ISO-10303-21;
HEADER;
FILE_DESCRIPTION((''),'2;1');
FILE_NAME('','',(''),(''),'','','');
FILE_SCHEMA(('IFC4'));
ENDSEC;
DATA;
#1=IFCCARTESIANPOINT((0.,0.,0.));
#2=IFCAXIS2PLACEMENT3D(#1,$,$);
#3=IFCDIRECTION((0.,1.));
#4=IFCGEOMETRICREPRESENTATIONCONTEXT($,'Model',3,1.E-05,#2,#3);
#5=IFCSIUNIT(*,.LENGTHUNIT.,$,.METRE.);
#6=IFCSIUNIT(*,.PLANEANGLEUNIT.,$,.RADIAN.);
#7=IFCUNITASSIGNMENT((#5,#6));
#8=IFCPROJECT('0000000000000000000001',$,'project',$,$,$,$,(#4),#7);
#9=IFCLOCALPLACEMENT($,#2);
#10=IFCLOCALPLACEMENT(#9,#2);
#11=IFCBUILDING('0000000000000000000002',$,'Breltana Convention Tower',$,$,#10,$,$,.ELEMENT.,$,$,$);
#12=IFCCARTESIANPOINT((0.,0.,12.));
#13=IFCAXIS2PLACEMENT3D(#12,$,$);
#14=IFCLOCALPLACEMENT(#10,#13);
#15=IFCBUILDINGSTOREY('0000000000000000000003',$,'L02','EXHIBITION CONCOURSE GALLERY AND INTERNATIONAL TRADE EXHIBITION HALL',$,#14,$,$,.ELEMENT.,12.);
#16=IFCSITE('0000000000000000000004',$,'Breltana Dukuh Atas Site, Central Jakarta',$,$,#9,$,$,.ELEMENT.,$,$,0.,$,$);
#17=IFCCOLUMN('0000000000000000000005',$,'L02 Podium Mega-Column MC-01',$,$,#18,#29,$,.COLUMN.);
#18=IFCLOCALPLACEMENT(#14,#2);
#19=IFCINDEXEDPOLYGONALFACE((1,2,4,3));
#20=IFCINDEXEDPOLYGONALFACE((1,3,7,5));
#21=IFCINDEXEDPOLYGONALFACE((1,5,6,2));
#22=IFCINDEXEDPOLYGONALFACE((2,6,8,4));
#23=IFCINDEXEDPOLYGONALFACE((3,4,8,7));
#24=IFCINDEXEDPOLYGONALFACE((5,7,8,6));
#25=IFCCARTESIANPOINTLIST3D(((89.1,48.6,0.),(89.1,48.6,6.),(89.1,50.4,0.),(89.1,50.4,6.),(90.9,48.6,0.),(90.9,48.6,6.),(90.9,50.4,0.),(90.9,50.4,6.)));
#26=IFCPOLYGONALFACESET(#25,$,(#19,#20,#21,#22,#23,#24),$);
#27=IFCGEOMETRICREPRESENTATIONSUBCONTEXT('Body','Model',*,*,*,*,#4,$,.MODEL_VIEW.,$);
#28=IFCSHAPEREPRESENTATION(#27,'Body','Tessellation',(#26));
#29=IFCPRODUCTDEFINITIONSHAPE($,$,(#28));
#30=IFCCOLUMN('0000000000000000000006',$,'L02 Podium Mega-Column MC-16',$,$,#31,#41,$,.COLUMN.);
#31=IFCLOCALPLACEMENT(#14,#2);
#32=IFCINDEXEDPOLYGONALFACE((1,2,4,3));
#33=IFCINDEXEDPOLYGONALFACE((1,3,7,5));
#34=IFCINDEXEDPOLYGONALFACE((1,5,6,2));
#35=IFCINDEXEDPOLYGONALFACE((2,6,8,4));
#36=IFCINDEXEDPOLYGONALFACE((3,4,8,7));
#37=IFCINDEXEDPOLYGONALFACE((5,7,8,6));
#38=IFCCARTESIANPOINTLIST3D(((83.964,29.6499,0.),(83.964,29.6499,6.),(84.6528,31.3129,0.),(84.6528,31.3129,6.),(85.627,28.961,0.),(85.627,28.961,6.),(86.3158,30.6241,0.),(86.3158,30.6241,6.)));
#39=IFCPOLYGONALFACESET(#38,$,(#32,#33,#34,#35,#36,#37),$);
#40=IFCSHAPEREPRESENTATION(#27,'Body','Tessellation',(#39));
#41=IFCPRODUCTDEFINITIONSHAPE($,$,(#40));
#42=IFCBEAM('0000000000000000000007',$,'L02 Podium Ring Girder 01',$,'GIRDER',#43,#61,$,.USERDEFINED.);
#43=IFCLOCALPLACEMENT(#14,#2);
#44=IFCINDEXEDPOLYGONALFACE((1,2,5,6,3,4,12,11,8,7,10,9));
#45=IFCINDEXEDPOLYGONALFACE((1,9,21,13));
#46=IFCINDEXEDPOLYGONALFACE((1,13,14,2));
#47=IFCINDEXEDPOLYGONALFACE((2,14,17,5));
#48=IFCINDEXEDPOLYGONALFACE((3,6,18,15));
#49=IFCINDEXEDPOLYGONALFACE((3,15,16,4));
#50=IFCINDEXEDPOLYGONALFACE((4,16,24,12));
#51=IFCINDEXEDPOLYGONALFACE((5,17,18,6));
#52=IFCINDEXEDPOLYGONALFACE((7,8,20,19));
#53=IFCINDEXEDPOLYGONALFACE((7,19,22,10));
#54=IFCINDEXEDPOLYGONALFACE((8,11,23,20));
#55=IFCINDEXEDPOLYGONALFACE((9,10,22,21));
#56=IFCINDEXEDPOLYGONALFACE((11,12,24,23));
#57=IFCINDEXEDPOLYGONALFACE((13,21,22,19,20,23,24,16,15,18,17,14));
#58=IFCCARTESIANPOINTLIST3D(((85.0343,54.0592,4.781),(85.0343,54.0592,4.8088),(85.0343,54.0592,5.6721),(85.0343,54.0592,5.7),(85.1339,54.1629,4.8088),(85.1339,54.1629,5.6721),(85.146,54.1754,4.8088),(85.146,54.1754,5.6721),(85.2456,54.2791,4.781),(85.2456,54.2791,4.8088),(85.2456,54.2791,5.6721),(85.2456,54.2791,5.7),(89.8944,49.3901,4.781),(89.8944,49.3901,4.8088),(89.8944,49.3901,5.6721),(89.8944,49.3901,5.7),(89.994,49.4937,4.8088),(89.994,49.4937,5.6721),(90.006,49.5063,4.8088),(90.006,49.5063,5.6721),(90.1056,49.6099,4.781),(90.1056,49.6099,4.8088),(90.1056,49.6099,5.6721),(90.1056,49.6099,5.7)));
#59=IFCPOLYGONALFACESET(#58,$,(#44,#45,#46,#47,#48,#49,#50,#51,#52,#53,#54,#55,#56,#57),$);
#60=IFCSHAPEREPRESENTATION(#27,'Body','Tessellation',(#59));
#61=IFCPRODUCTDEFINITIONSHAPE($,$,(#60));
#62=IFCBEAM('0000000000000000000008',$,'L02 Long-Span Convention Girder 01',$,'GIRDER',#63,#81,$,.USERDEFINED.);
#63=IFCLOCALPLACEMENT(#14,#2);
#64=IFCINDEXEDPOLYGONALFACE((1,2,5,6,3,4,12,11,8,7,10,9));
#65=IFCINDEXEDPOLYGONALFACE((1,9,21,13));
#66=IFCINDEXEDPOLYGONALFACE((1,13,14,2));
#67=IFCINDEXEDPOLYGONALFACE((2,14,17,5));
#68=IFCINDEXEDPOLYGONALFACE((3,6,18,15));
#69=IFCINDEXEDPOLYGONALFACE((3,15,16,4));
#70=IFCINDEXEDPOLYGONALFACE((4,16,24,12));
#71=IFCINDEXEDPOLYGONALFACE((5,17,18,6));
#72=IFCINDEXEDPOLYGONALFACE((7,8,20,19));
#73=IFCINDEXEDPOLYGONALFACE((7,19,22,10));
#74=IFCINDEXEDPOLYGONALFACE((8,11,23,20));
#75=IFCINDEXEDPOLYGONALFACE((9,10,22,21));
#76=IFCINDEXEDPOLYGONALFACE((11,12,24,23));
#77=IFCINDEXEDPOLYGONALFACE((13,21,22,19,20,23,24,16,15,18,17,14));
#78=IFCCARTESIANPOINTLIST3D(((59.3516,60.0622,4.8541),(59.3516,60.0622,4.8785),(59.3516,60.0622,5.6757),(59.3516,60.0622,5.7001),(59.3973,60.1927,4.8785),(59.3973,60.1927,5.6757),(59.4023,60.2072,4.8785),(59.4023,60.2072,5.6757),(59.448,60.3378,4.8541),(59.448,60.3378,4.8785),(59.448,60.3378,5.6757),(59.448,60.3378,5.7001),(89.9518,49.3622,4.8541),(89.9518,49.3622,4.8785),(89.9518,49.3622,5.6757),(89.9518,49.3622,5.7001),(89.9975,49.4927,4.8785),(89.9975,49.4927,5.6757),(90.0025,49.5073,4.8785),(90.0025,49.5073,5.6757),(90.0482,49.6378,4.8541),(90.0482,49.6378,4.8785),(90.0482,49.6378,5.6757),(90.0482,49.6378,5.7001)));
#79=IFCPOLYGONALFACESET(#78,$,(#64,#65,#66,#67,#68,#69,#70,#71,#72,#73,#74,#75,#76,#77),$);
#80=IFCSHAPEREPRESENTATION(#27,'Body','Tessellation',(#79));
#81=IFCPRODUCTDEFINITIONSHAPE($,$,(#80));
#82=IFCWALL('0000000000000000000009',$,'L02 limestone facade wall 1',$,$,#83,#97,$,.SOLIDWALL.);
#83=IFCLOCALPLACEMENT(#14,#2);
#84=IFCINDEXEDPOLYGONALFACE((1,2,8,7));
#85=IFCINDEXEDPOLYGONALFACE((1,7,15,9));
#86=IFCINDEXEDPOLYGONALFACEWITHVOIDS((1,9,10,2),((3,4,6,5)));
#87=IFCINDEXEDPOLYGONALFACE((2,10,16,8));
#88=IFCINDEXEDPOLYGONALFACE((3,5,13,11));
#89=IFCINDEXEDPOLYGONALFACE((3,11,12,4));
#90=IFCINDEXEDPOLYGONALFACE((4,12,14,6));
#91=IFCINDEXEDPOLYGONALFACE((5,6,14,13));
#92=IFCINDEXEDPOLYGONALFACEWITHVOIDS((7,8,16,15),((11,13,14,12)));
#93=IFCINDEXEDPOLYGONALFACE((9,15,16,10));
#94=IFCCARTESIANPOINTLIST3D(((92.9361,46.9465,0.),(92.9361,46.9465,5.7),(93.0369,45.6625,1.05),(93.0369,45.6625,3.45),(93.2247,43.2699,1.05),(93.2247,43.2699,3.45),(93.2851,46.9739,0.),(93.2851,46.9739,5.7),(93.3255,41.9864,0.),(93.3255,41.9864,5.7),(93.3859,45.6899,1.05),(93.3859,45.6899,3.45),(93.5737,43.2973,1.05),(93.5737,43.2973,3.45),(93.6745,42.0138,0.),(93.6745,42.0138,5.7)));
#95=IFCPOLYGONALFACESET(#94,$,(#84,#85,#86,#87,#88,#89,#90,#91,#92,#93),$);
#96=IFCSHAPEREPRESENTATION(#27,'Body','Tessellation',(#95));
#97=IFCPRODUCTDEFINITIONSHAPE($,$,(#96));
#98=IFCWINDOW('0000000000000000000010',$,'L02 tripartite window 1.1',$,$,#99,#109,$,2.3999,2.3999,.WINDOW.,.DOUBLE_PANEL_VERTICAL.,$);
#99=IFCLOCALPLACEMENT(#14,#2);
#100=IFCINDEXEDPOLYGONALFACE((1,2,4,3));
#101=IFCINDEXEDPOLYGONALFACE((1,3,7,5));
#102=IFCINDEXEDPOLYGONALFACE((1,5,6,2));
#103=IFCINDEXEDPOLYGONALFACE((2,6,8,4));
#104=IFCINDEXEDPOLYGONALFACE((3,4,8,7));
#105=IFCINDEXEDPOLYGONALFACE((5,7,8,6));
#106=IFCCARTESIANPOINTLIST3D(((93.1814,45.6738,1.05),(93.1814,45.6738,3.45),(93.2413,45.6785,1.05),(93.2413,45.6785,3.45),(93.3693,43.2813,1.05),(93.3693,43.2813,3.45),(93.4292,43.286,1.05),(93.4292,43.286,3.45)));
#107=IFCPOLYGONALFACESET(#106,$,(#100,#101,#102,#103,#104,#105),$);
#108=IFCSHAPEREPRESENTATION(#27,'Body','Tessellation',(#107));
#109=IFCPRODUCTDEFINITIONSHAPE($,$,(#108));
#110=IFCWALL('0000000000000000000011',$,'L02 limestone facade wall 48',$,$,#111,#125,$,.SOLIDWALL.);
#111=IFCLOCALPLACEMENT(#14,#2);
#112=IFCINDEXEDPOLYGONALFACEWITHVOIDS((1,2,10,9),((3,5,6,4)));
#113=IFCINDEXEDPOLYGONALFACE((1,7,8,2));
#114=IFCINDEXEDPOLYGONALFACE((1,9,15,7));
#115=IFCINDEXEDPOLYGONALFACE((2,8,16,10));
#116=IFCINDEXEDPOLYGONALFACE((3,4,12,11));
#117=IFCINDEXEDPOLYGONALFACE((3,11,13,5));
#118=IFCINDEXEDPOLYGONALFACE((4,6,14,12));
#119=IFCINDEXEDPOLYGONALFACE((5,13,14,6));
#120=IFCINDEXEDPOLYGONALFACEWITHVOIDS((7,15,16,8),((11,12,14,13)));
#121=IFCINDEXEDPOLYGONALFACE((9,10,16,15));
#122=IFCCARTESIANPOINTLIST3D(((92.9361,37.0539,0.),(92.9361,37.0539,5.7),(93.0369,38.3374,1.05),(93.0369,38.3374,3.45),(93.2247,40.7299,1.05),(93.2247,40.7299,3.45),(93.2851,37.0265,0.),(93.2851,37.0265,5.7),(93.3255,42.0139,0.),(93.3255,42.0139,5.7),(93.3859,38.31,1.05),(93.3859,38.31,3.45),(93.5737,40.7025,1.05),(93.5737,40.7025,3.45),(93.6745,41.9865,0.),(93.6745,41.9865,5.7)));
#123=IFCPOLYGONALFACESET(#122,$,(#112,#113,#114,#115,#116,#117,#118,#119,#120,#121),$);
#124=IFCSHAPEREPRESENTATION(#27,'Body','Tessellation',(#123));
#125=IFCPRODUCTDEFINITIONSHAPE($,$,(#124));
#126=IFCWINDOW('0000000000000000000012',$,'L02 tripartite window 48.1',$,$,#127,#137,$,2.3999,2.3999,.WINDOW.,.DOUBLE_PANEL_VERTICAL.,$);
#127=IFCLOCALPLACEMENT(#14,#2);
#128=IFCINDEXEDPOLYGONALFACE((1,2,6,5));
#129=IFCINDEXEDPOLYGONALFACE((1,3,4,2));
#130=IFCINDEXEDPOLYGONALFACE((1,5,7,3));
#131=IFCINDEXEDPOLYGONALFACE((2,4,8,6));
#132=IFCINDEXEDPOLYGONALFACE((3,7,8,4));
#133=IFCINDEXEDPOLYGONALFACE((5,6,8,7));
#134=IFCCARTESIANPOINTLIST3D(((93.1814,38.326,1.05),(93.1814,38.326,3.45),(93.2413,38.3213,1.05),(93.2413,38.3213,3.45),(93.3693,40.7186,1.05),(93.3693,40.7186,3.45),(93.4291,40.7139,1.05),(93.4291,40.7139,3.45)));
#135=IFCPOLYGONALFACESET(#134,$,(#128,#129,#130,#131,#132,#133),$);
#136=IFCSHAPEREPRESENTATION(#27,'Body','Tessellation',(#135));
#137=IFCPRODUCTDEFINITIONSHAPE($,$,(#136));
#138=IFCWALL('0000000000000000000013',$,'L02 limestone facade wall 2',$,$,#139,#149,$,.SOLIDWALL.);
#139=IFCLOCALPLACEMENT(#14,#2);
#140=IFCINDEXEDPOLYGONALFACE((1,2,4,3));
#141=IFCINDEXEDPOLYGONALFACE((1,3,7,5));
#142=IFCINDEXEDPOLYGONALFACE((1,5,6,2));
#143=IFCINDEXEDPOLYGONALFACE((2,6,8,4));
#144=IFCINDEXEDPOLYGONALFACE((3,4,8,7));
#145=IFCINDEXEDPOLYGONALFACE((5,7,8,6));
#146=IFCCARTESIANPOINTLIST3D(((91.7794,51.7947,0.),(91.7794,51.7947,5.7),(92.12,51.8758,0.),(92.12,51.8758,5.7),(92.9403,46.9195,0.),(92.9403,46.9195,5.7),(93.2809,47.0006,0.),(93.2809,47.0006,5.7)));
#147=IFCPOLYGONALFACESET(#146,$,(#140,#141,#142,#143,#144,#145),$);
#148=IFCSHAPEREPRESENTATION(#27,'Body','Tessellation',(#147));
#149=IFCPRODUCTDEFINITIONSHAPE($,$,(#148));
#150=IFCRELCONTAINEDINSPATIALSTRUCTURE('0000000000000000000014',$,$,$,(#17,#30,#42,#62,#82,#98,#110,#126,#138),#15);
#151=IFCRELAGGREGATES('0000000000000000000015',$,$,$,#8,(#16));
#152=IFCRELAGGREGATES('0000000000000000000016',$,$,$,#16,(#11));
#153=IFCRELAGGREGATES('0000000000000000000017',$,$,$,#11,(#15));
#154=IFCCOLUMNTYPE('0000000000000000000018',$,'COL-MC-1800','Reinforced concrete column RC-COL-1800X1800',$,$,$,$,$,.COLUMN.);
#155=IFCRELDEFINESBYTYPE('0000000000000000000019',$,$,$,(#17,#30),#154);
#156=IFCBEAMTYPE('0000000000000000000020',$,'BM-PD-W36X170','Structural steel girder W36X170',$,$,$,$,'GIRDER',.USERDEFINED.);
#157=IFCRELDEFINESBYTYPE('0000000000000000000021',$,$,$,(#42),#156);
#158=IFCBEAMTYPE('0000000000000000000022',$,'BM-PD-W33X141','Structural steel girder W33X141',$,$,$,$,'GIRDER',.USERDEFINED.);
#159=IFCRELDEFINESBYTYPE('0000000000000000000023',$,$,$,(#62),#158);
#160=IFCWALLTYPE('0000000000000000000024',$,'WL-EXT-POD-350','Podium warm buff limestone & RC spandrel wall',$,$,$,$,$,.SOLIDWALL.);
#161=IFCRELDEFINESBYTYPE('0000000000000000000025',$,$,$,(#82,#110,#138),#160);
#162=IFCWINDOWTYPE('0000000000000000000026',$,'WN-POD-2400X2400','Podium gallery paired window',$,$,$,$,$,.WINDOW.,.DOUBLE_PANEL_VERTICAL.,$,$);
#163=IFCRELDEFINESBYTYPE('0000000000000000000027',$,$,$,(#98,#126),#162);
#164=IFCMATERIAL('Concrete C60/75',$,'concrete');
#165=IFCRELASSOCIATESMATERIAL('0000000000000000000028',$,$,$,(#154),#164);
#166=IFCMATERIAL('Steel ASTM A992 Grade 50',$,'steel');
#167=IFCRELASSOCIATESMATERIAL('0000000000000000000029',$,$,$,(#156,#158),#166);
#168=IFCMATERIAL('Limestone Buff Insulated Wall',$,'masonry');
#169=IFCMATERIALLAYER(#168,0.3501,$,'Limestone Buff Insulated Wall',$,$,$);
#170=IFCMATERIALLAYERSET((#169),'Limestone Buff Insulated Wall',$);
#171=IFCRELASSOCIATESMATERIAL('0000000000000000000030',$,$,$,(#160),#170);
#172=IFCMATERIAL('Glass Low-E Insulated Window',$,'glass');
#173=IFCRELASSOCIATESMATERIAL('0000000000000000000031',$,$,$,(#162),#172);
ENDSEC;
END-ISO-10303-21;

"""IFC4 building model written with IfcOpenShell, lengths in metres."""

from ifc_helpers import new_model, si_unit, direction, frame, frame_2d, origin, origin_2d, place, context, subcontext, project, spatial, rectangle, i_section, extrude, source, transform, mapped, material, layer, layer_set, material_profile, profile_set, type_object, type_shapes, element, fill, save


model = new_model("IFC4")

# Units and contexts
model_context = context("Model", 3, precision=1e-05, world=origin(), true_north=direction((0.0, 1.0)))
body_context = subcontext(model_context, "Body", "Model", "MODEL_VIEW")
ifc_project = project(units=[si_unit("LENGTHUNIT", "METRE"), si_unit("PLANEANGLEUNIT", "RADIAN")], contexts=[model_context])

# Site, building, storey
site_placement = place(None, origin())
site = spatial("IfcSite", under=ifc_project, at=site_placement, Name="Breltana Dukuh Atas Site, Central Jakarta", CompositionType="ELEMENT", RefElevation=0.0)
building_placement = place(site_placement, origin())
building = spatial("IfcBuilding", under=site, at=building_placement, Name="Breltana Convention Tower", CompositionType="ELEMENT")
storey_placement = place(building_placement, frame((0.0, 0.0, 12.0)))
storey = spatial("IfcBuildingStorey", under=building, at=storey_placement, Name="L02", Description="EXHIBITION CONCOURSE GALLERY AND INTERNATIONAL TRADE EXHIBITION HALL", CompositionType="ELEMENT", Elevation=12.0)

# Columns
ifc_material_1 = material(Name="Concrete C60/75", Category="concrete")
ifc_material_profile_1 = material_profile(ifc_material_1, rectangle(XDim=1.8, YDim=1.8, at=origin_2d()), Name="RC-COL-1800X1800")
ifc_profile_set_1 = profile_set([ifc_material_profile_1], Name="Concrete C60/75")
column_type = type_object("IfcColumnType", Name="COL-MC-1800", Description="Reinforced concrete column RC-COL-1800X1800", PredefinedType="COLUMN", material=ifc_profile_set_1)
shared_shape_1 = source(origin(), body_context, "Body", "SweptSolid", [
    extrude(rectangle(XDim=1.8, YDim=1.8, at=origin_2d()), origin(), (0.0, 0.0, 1.0), 6.0),
])
type_shapes(column_type, [shared_shape_1])
for number, where, z_axis, x_axis, name in (
    (1, (90.0, 49.5, 0.0), (0.0, 0.0, 1.0), (1.0, 0.0, 0.0), "L02 Podium Mega-Column MC-01"),
    (2, (85.1399, 30.137, 0.0), (0.0, 0.0, 1.0), (0.92388, -0.382683, 0.0), "L02 Podium Mega-Column MC-16"),
):
    element("IfcColumn", number, at=place(storey_placement, frame(where, z_axis=z_axis, x_axis=x_axis)), inside=storey, type_object=column_type, Name=name, PredefinedType="COLUMN", context=body_context, shape_type="MappedRepresentation", body=[
        mapped(shared_shape_1, transform((0.0, 0.0, 0.0), scale=1.0)),
    ])

# Beams
ifc_material_2 = material(Name="Steel ASTM A992 Grade 50", Category="steel")
ifc_material_profile_2 = material_profile(ifc_material_2, i_section(OverallWidth=0.3049, OverallDepth=0.9189, WebThickness=0.0173, FlangeThickness=0.0278, at=origin_2d()), Name="W36X170")
ifc_profile_set_2 = profile_set([ifc_material_profile_2], Name="Steel ASTM A992 Grade 50")
beam_type_1 = type_object("IfcBeamType", Name="BM-PD-W36X170", Description="Structural steel girder W36X170", ElementType="GIRDER", PredefinedType="USERDEFINED", material=ifc_profile_set_2)
shared_shape_2 = source(origin(), body_context, "Body", "SweptSolid", [
    extrude(i_section(OverallWidth=0.3049, OverallDepth=0.9189, WebThickness=0.0173, FlangeThickness=0.0278, at=origin_2d()), origin(), (0.0, 0.0, 1.0), 6.7395),
])
type_shapes(beam_type_1, [shared_shape_2])
beam_1_placement = place(storey_placement, frame((90.0, 49.5, 5.2405), z_axis=(-0.721129, 0.692801, 0.0), x_axis=(-0.692801, -0.721129, 0.0)))
element("IfcBeam", 3, at=beam_1_placement, inside=storey, type_object=beam_type_1, Name="L02 Podium Ring Girder 01", ObjectType="GIRDER", PredefinedType="USERDEFINED", context=body_context, shape_type="MappedRepresentation", body=[
    mapped(shared_shape_2, transform((0.0, 0.0, 0.0), scale=1.0)),
])
ifc_material_profile_3 = material_profile(ifc_material_2, i_section(OverallWidth=0.292, OverallDepth=0.8459, WebThickness=0.0154, FlangeThickness=0.0244, at=origin_2d()), Name="W33X141")
ifc_profile_set_3 = profile_set([ifc_material_profile_3], Name="Steel ASTM A992 Grade 50")
beam_type_2 = type_object("IfcBeamType", Name="BM-PD-W33X141", Description="Structural steel girder W33X141", ElementType="GIRDER", PredefinedType="USERDEFINED", material=ifc_profile_set_3)
shared_shape_3 = source(origin(), body_context, "Body", "SweptSolid", [
    extrude(i_section(OverallWidth=0.292, OverallDepth=0.8459, WebThickness=0.0154, FlangeThickness=0.0244, at=origin_2d()), origin(), (0.0, 0.0, 1.0), 32.417),
])
type_shapes(beam_type_2, [shared_shape_3])
beam_2_placement = place(storey_placement, frame((90.0, 49.5, 5.2771), z_axis=(-0.943955, 0.330073, 0.0), x_axis=(-0.330073, -0.943955, 0.0)))
element("IfcBeam", 4, at=beam_2_placement, inside=storey, type_object=beam_type_2, Name="L02 Long-Span Convention Girder 01", ObjectType="GIRDER", PredefinedType="USERDEFINED", context=body_context, shape_type="MappedRepresentation", body=[
    mapped(shared_shape_3, transform((0.0, 0.0, 0.0), scale=1.0)),
])

# Walls, openings, windows
ifc_material_3 = material(Name="Limestone Buff Insulated Wall", Category="masonry")
ifc_layer_1 = layer(ifc_material_3, 0.3501, Name="Limestone Buff Insulated Wall")
ifc_layer_set_1 = layer_set([ifc_layer_1], Name="Limestone Buff Insulated Wall")
wall_type_1 = type_object("IfcWallType", Name="WL-EXT-POD-350", Description="Podium warm buff limestone & RC spandrel wall", PredefinedType="SOLIDWALL", material=ifc_layer_set_1)
shared_shape_4 = source(origin(), body_context, "Body", "SweptSolid", [
    extrude(rectangle(XDim=4.9753, YDim=0.3501, at=frame_2d((2.4878, 0.0))), origin(), (0.0, 0.0, 1.0), 5.7),
])
type_shapes(wall_type_1, [shared_shape_4])
wall_1_placement = place(storey_placement, frame((93.5, 42.0, 0.0), z_axis=(0.0, 0.0, 1.0), x_axis=(-0.078269, 0.996932, 0.0)))
wall_1 = element("IfcWall", 5, at=wall_1_placement, inside=storey, type_object=wall_type_1, Name="L02 limestone facade wall 1", PredefinedType="SOLIDWALL", context=body_context, shape_type="MappedRepresentation", body=[
    mapped(shared_shape_4, transform((0.0, 0.0, 0.0), scale=1.0)),
])
opening_1_placement = place(wall_1_placement, frame((1.2876, 0.0, 1.05)))
opening_1 = element("IfcOpeningElement", 6, at=opening_1_placement, cuts=wall_1, PredefinedType="OPENING", context=body_context, shape_type="SweptSolid", body=[
    extrude(rectangle(XDim=2.3999, YDim=2.3999, at=frame_2d((1.2, 1.2))), frame((0.0, 0.1851, 0.0), z_axis=(0.0, -1.0, 0.0), x_axis=(1.0, 0.0, 0.0)), (0.0, 0.0, 1.0), 0.3701),
])
ifc_material_4 = material(Name="Glass Low-E Insulated Window", Category="glass")
window_type = type_object("IfcWindowType", Name="WN-POD-2400X2400", Description="Podium gallery paired window", PartitioningType="DOUBLE_PANEL_VERTICAL", PredefinedType="WINDOW", material=ifc_material_4)
shared_shape_5 = source(origin(), body_context, "Body", "SweptSolid", [
    extrude(rectangle(XDim=2.3999, YDim=2.3999, at=frame_2d((1.2, 1.2))), frame((0.0, 0.03, 0.0), z_axis=(0.0, -1.0, 0.0), x_axis=(1.0, 0.0, 0.0)), (0.0, 0.0, 1.0), 0.0601),
])
type_shapes(window_type, [shared_shape_5])
window_1_placement = place(opening_1_placement, origin())
window_1 = element("IfcWindow", 7, at=window_1_placement, inside=storey, type_object=window_type, Name="L02 tripartite window 1.1", OverallHeight=2.3999, OverallWidth=2.3999, PartitioningType="DOUBLE_PANEL_VERTICAL", PredefinedType="WINDOW", context=body_context, shape_type="MappedRepresentation", body=[
    mapped(shared_shape_5, transform((0.0, 0.0, 0.0), scale=1.0)),
])
fill(opening_1, window_1)
wall_2_placement = place(storey_placement, frame((93.1106, 37.04, 0.0), z_axis=(0.0, 0.0, 1.0), x_axis=(0.078269, 0.996932, 0.0)))
wall_2 = element("IfcWall", 8, at=wall_2_placement, inside=storey, type_object=wall_type_1, Name="L02 limestone facade wall 48", PredefinedType="SOLIDWALL", context=body_context, shape_type="MappedRepresentation", body=[
    mapped(shared_shape_4, transform((0.0, 0.0, 0.0), scale=1.0)),
])
opening_2_placement = place(wall_2_placement, frame((1.2876, 0.0, 1.05)))
opening_2 = element("IfcOpeningElement", 9, at=opening_2_placement, cuts=wall_2, PredefinedType="OPENING", context=body_context, shape_type="SweptSolid", body=[
    extrude(rectangle(XDim=2.3999, YDim=2.3999, at=frame_2d((1.2, 1.2))), frame((0.0, 0.1851, 0.0), z_axis=(0.0, -1.0, 0.0), x_axis=(1.0, 0.0, 0.0)), (0.0, 0.0, 1.0), 0.3701),
])
window_2_placement = place(opening_2_placement, origin())
window_2 = element("IfcWindow", 10, at=window_2_placement, inside=storey, type_object=window_type, Name="L02 tripartite window 48.1", OverallHeight=2.3999, OverallWidth=2.3999, PartitioningType="DOUBLE_PANEL_VERTICAL", PredefinedType="WINDOW", context=body_context, shape_type="MappedRepresentation", body=[
    mapped(shared_shape_5, transform((0.0, 0.0, 0.0), scale=1.0)),
])
fill(opening_2, window_2)

# Wall
shared_shape_6 = source(origin(), body_context, "Body", "SweptSolid", [
    extrude(rectangle(XDim=5.0115, YDim=0.3501, at=frame_2d((2.5059, 0.0))), origin(), (0.0, 0.0, 1.0), 5.7),
])
wall_3_placement = place(storey_placement, frame((93.1106, 46.96, 0.0), z_axis=(0.0, 0.0, 1.0), x_axis=(-0.231642, 0.972801, 0.0)))
element("IfcWall", 11, at=wall_3_placement, inside=storey, type_object=wall_type_1, Name="L02 limestone facade wall 2", PredefinedType="SOLIDWALL", context=body_context, shape_type="MappedRepresentation", body=[
    mapped(shared_shape_6, transform((0.0, 0.0, 0.0), scale=1.0)),
])

save(model, "model.ifc")
